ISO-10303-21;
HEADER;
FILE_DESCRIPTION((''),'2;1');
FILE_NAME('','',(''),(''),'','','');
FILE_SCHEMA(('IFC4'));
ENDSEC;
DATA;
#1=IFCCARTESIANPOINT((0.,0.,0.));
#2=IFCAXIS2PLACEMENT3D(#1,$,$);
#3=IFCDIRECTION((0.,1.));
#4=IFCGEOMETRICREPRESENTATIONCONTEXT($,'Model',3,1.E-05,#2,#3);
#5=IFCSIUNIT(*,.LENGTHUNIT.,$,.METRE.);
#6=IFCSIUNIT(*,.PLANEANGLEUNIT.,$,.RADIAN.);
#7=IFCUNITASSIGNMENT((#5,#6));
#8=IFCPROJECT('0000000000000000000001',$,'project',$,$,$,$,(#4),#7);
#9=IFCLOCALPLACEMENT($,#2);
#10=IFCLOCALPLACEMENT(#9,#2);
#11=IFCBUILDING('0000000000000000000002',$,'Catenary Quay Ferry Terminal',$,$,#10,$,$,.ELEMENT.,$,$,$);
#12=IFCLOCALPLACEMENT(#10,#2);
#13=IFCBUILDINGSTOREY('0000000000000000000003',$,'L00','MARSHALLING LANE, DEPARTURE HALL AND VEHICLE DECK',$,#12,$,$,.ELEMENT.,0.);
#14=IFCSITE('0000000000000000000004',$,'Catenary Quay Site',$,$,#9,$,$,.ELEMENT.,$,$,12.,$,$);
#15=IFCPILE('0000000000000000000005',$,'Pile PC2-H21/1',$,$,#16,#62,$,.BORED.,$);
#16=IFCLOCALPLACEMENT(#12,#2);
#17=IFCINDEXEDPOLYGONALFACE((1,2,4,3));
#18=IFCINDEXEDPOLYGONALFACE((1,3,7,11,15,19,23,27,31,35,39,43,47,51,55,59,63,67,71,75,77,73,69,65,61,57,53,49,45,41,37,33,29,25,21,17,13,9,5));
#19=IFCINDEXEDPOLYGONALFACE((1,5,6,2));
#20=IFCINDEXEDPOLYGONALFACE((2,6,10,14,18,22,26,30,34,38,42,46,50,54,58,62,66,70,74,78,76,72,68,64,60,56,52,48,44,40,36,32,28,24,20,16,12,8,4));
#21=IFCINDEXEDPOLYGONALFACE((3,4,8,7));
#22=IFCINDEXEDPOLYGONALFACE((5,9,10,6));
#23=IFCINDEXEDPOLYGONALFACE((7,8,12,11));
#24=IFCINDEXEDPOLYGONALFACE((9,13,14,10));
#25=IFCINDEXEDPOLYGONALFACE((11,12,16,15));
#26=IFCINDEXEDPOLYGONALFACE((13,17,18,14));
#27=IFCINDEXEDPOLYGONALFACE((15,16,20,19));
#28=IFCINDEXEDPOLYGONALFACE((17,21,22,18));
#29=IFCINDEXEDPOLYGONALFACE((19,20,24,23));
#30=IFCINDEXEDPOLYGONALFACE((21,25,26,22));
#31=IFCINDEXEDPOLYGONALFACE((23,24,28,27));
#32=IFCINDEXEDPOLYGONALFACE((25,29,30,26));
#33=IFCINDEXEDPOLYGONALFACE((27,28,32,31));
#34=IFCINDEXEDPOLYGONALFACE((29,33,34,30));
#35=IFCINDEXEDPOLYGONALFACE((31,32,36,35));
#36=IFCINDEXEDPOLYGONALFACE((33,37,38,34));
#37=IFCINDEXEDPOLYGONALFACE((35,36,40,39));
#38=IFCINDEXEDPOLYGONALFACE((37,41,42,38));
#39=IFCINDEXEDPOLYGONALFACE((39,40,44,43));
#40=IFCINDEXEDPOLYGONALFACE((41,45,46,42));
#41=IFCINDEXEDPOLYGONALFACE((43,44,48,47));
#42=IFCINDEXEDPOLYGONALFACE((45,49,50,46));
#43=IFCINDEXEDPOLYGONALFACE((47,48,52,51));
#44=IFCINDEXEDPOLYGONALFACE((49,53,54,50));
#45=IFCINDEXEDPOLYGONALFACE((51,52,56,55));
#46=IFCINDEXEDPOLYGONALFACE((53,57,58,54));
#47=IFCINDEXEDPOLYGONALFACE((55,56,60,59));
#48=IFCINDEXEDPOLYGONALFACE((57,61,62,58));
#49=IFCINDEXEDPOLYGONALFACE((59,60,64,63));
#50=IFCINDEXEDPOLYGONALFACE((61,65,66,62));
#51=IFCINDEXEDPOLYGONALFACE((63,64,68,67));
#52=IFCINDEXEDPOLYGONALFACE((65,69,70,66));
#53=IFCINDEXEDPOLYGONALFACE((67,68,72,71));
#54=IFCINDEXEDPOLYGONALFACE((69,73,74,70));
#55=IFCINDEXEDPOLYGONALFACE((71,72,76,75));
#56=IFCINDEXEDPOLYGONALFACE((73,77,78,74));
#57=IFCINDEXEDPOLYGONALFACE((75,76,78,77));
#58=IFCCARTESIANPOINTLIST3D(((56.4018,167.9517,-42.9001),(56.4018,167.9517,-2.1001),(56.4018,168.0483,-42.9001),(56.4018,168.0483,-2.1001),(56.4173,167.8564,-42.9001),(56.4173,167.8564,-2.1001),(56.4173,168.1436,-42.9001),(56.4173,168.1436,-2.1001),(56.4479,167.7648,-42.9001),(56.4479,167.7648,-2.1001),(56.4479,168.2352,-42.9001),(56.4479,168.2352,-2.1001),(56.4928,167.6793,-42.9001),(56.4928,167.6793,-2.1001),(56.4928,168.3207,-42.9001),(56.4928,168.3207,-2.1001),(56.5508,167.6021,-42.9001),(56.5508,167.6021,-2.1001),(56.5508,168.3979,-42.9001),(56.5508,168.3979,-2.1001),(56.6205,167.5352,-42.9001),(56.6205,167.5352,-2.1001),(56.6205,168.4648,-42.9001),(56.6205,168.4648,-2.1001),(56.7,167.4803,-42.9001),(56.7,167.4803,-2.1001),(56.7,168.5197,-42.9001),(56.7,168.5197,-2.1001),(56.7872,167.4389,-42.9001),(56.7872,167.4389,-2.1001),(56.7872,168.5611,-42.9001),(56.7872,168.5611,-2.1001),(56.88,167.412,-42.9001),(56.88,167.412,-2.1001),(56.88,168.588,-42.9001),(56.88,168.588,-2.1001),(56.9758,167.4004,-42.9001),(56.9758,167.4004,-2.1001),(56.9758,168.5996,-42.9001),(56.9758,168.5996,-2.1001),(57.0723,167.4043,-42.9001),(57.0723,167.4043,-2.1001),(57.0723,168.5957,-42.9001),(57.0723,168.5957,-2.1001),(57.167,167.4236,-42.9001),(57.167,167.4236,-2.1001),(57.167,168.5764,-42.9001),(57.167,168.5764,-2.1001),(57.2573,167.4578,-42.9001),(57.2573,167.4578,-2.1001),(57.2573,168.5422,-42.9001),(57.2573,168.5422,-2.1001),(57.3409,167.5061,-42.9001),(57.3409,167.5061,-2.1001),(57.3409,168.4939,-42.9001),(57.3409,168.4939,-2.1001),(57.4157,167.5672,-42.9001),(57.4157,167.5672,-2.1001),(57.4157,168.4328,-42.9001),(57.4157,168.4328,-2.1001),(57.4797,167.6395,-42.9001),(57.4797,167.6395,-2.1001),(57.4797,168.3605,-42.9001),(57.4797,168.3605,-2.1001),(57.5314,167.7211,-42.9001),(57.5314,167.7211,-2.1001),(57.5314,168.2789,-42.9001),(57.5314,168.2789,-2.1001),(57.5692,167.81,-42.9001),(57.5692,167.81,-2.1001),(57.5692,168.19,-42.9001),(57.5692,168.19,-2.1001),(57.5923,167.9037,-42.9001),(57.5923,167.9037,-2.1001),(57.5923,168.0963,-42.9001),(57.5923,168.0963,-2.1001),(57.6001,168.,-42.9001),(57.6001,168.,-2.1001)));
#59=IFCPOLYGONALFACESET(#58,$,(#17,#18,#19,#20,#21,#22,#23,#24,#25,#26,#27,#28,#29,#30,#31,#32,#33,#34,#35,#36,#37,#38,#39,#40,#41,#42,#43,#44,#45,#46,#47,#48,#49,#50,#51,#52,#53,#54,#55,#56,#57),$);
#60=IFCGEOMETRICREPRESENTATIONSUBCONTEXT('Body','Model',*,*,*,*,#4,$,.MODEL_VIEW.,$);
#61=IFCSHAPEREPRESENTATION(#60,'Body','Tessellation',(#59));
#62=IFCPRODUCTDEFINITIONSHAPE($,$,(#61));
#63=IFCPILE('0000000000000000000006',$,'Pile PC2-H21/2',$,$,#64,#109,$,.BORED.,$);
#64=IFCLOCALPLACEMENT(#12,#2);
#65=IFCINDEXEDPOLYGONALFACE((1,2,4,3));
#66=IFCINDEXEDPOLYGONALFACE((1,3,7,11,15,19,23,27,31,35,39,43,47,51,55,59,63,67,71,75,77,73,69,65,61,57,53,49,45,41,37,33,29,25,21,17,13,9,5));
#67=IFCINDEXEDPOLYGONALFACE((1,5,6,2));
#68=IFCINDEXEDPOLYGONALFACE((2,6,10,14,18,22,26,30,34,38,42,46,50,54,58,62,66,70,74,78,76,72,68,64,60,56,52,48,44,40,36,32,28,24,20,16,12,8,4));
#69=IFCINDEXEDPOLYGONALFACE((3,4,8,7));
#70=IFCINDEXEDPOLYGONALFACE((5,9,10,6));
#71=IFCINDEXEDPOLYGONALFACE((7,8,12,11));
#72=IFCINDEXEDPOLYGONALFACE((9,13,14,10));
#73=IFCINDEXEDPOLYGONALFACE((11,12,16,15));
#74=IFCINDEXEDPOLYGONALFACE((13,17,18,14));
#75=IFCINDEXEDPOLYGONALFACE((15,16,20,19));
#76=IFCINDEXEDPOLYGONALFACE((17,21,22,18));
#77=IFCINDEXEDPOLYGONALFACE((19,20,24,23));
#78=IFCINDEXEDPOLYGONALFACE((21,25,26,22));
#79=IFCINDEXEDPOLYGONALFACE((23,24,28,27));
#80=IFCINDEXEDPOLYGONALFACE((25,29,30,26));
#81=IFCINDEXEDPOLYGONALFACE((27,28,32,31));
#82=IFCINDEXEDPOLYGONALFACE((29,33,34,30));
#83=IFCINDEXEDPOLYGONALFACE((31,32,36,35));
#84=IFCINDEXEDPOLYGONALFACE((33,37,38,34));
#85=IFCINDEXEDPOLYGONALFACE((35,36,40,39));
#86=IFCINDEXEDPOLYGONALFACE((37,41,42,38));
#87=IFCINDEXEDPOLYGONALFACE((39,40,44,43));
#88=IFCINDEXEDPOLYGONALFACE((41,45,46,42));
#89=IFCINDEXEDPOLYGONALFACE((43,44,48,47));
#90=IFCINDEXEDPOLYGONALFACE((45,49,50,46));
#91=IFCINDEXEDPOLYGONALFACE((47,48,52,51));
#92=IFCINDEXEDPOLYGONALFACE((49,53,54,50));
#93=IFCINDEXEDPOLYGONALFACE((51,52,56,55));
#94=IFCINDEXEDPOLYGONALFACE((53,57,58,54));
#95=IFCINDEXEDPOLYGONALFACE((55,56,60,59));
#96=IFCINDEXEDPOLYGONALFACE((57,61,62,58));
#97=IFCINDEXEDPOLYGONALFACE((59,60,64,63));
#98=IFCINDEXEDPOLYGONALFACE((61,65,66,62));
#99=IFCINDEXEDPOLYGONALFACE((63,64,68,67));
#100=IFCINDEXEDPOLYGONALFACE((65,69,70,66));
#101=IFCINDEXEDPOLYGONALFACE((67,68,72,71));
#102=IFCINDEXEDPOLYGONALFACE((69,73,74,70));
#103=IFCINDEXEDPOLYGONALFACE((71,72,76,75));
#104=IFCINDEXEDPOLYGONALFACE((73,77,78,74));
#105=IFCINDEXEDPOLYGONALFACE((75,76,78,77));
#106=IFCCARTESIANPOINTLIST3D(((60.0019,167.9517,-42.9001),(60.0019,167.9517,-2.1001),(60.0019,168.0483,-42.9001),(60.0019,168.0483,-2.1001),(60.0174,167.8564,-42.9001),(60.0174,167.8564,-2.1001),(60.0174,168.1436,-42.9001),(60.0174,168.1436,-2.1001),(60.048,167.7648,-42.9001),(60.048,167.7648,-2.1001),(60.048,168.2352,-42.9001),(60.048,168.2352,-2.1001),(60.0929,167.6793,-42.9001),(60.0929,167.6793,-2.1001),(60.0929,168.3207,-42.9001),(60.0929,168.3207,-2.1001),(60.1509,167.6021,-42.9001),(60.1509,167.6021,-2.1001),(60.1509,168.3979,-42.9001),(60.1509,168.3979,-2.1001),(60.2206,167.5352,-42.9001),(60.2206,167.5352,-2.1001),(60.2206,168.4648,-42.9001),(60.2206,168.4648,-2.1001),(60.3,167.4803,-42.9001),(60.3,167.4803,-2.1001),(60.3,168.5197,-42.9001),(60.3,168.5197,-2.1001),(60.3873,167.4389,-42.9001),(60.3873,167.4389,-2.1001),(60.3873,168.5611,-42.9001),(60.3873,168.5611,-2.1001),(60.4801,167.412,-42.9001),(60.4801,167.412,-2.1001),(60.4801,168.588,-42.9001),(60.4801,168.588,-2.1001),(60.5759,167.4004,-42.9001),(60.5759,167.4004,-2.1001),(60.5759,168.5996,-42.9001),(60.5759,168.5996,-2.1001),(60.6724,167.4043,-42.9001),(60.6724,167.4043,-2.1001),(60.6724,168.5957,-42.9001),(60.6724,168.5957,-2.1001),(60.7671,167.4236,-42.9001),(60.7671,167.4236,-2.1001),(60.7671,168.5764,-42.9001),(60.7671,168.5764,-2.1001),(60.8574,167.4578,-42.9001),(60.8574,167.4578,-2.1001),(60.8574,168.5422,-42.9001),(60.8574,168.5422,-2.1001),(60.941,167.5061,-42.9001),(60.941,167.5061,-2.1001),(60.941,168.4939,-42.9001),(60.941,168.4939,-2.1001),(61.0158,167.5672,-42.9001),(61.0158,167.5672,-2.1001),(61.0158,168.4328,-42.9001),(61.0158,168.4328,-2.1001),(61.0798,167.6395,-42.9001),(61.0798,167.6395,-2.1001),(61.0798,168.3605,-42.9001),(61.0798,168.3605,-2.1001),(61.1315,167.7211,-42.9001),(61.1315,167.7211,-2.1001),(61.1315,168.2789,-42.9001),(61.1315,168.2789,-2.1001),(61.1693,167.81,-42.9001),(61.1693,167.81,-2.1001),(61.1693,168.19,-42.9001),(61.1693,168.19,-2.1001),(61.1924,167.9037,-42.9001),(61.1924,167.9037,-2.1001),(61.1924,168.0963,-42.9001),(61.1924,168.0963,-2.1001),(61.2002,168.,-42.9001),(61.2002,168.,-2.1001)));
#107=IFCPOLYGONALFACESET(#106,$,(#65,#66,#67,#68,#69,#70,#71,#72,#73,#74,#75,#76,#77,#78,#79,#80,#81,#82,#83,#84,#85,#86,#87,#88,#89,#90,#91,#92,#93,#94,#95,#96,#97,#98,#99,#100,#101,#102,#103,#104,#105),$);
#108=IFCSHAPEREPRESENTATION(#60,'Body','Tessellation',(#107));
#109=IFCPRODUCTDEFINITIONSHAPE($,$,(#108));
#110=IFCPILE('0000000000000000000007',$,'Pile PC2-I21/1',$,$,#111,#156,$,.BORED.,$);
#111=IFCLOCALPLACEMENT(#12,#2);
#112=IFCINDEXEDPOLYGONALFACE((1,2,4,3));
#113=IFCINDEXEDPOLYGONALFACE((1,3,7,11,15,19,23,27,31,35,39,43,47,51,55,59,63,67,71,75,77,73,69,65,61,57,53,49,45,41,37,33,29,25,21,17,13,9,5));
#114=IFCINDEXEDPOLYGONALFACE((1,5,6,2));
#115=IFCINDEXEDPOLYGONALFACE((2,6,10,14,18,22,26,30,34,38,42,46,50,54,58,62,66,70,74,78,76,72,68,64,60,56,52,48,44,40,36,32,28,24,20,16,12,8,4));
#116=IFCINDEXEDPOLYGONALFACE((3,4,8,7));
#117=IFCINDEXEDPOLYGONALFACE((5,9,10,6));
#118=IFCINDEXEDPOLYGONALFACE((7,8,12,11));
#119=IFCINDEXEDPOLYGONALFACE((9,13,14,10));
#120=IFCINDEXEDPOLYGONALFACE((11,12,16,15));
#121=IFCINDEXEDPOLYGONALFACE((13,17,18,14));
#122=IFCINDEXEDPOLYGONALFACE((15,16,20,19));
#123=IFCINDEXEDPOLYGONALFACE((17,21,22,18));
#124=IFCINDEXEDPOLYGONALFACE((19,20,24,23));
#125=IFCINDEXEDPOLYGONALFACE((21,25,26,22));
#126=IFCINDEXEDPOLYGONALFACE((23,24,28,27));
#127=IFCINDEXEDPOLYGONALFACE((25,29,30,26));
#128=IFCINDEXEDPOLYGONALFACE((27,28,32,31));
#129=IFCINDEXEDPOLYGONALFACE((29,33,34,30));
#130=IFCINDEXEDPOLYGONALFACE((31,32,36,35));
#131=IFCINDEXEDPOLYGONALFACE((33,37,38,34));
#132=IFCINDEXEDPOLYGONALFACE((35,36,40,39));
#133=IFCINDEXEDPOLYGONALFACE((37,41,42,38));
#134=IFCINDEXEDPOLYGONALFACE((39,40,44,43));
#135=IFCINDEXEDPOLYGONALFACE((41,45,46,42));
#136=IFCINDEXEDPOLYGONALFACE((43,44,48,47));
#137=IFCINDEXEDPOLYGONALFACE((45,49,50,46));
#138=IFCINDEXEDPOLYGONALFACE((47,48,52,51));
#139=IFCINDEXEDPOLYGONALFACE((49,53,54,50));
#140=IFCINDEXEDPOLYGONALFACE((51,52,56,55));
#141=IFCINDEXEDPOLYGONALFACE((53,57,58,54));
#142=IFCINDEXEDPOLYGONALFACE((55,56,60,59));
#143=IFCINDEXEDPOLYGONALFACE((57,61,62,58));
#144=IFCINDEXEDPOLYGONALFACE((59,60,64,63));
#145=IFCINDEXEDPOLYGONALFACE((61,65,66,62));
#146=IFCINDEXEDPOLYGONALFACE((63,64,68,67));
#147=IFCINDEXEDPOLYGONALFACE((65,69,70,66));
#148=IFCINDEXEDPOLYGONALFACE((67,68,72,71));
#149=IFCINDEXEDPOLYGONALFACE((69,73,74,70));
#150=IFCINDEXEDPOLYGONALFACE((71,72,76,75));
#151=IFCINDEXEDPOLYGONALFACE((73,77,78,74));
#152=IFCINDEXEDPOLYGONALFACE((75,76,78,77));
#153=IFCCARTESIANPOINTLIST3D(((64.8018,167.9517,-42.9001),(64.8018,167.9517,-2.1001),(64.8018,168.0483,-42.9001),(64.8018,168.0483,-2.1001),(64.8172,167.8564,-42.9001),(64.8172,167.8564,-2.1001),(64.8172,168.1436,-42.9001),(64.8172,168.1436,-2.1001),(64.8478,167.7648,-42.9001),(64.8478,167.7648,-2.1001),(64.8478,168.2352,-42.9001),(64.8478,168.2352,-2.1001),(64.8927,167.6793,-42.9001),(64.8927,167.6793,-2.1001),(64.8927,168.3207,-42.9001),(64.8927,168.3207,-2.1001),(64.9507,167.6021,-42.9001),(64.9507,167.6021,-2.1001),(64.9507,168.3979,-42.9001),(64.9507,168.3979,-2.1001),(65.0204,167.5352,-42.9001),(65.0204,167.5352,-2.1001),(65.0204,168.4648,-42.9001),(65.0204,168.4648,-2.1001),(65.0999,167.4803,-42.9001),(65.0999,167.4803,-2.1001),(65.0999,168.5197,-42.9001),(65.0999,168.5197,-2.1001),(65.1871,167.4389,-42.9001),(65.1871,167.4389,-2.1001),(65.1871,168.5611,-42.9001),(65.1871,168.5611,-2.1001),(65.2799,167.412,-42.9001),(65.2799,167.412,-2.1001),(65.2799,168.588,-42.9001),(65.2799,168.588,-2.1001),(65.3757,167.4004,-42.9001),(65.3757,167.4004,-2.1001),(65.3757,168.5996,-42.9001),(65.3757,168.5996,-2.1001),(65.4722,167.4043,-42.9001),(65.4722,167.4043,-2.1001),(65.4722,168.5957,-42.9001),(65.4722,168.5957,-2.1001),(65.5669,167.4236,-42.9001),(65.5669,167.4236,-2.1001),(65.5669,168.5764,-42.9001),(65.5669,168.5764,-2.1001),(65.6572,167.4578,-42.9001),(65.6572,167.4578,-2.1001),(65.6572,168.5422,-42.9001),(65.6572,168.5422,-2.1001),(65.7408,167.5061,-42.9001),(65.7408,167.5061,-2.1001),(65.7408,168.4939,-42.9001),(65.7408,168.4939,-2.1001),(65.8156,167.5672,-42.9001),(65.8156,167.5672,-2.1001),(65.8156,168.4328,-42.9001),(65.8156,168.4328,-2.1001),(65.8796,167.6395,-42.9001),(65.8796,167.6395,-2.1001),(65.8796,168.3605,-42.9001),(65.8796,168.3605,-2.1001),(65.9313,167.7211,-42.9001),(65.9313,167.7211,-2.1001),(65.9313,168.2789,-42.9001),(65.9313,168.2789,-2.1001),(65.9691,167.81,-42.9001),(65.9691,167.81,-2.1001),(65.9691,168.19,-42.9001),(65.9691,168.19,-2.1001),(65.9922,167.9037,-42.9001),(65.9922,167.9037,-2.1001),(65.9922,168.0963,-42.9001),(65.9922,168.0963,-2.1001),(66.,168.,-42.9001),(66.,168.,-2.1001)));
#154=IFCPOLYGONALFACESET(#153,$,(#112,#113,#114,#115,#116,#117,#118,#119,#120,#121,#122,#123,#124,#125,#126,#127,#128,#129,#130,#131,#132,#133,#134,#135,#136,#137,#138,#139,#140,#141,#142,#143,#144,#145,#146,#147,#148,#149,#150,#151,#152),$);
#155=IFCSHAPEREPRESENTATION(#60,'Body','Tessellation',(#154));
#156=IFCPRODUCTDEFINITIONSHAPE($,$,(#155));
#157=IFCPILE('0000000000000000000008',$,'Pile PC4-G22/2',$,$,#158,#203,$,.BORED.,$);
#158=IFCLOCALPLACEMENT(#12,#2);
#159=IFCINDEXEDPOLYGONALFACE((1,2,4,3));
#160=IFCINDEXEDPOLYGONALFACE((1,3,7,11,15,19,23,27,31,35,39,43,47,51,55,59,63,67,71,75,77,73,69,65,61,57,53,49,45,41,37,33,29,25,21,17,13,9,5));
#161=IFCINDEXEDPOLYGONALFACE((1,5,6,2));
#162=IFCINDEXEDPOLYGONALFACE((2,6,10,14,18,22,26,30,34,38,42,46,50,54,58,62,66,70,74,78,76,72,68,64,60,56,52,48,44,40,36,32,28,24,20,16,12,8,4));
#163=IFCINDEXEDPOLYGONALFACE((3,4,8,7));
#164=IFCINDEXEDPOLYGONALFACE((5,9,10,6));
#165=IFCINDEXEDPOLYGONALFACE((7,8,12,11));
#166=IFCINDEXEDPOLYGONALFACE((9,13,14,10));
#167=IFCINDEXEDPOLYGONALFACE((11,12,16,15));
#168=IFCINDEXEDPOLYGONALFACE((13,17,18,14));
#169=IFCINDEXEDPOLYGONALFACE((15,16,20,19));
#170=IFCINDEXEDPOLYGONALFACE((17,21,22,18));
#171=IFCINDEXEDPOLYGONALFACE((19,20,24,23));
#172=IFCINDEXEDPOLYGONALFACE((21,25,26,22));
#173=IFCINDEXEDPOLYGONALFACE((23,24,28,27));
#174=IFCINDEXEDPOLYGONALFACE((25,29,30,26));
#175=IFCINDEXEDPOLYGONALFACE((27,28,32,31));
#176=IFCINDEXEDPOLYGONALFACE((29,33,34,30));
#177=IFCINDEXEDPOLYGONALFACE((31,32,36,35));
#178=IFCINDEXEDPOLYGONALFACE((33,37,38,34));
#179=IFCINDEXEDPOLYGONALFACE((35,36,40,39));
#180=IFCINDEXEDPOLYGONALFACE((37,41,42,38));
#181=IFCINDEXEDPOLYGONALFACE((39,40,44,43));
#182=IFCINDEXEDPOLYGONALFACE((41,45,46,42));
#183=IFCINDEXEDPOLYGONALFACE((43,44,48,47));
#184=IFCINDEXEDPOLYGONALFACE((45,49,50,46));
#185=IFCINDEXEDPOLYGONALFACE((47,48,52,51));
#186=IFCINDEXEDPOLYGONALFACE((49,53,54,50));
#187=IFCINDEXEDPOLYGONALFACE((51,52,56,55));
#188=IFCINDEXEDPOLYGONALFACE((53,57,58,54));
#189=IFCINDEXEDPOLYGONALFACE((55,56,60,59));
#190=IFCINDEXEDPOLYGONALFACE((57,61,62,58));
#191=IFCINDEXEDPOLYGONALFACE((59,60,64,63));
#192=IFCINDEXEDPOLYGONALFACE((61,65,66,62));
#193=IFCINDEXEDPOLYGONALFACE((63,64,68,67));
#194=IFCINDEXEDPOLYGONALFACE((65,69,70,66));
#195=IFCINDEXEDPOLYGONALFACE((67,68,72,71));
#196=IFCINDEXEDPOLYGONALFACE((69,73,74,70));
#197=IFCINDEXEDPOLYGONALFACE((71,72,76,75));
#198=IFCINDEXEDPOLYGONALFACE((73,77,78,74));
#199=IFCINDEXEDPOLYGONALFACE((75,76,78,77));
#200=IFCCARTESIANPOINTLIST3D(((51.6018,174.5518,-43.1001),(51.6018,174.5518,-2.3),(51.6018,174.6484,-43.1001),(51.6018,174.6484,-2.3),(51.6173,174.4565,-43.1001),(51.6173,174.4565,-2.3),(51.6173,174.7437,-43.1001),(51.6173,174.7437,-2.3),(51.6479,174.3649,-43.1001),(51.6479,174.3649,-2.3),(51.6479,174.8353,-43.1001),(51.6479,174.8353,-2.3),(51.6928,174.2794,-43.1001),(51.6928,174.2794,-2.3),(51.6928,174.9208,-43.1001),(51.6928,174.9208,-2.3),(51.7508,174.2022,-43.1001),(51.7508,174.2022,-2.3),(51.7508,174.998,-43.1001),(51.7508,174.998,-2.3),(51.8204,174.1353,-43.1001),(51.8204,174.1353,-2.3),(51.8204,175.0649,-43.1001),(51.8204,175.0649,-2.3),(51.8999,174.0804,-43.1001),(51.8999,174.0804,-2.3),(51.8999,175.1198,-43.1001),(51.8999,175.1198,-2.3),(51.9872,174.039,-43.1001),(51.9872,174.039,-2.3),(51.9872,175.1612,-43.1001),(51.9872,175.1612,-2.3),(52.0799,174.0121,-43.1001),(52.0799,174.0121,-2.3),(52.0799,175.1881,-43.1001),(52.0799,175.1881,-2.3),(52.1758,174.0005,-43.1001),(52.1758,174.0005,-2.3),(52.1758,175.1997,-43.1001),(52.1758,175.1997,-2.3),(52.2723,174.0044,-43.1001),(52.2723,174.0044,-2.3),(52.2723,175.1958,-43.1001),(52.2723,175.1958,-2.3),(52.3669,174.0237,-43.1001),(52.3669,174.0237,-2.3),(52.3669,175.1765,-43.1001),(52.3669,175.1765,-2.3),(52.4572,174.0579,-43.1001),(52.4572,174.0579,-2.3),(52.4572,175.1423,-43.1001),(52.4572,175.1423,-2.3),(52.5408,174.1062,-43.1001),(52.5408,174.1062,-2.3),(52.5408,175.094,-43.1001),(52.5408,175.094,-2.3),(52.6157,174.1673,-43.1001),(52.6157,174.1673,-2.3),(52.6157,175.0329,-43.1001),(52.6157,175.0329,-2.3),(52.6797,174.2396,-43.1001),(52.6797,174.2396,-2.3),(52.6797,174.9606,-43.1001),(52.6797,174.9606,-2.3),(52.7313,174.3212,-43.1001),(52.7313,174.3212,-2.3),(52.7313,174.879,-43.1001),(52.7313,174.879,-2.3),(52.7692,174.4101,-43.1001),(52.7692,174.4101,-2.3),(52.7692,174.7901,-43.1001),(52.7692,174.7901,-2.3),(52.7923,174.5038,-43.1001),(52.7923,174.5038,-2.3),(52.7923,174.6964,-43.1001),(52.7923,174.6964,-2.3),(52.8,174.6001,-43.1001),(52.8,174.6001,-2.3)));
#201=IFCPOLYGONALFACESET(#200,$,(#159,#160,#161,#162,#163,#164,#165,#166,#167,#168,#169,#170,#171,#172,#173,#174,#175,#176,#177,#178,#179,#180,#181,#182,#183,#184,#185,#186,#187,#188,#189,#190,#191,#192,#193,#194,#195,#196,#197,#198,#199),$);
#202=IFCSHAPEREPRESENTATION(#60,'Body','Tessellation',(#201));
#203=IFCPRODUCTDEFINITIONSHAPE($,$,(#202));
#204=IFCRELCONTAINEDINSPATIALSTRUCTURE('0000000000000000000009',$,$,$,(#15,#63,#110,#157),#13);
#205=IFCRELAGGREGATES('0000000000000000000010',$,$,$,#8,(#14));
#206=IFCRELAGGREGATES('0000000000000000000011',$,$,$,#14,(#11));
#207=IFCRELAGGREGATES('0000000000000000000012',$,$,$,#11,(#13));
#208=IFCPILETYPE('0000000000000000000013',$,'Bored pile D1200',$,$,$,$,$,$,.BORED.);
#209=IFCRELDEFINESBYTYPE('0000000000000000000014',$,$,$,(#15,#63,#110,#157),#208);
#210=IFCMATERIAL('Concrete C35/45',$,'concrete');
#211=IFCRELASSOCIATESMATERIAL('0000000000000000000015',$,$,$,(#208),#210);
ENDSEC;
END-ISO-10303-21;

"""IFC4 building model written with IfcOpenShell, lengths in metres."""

from ifc_helpers import new_model, si_unit, direction, frame, origin, origin_2d, place, context, subcontext, project, spatial, circle, extrude, material, material_profile, profile_set, type_object, element, save


model = new_model("IFC4")

# Units and contexts
model_context = context("Model", 3, precision=1e-05, world=origin(), true_north=direction((0.0, 1.0)))
body_context = subcontext(model_context, "Body", "Model", "MODEL_VIEW")
ifc_project = project(units=[si_unit("LENGTHUNIT", "METRE"), si_unit("PLANEANGLEUNIT", "RADIAN")], contexts=[model_context])

# Site, building, storey
site_placement = place(None, origin())
site = spatial("IfcSite", under=ifc_project, at=site_placement, Name="Catenary Quay Site", CompositionType="ELEMENT", RefElevation=12.0)
building_placement = place(site_placement, origin())
building = spatial("IfcBuilding", under=site, at=building_placement, Name="Catenary Quay Ferry Terminal", CompositionType="ELEMENT")
storey_placement = place(building_placement, origin())
storey = spatial("IfcBuildingStorey", under=building, at=storey_placement, Name="L00", Description="MARSHALLING LANE, DEPARTURE HALL AND VEHICLE DECK", CompositionType="ELEMENT", Elevation=0.0)

# Piles
ifc_material_1 = material(Name="Concrete C35/45", Category="concrete")
ifc_material_profile_1 = material_profile(ifc_material_1, circle(Radius=0.6001, at=origin_2d()), Name="D1200")
ifc_profile_set_1 = profile_set([ifc_material_profile_1], Name="Concrete C35/45")
pile_type = type_object("IfcPileType", Name="Bored pile D1200", PredefinedType="BORED", material=ifc_profile_set_1)
for number, where, z_axis, x_axis, name in (
    (1, (57.0, 168.0, -2.1001), (0.0, 0.0, -1.0), (1.0, 0.0, 0.0), "Pile PC2-H21/1"),
    (2, (60.6001, 168.0, -2.1001), (0.0, 0.0, -1.0), (1.0, 0.0, 0.0), "Pile PC2-H21/2"),
    (3, (65.3999, 168.0, -2.1001), (0.0, 0.0, -1.0), (1.0, 0.0, 0.0), "Pile PC2-I21/1"),
    (4, (52.2, 174.6001, -2.3), (0.0, 0.0, -1.0), (1.0, 0.0, 0.0), "Pile PC4-G22/2"),
):
    element("IfcPile", number, at=place(storey_placement, frame(where, z_axis=z_axis, x_axis=x_axis)), inside=storey, type_object=pile_type, Name=name, PredefinedType="BORED", context=body_context, shape_type="SweptSolid", body=[
        extrude(circle(Radius=0.6001, at=origin_2d()), origin(), (0.0, 0.0, 1.0), 40.8),
    ])

save(model, "model.ifc")
